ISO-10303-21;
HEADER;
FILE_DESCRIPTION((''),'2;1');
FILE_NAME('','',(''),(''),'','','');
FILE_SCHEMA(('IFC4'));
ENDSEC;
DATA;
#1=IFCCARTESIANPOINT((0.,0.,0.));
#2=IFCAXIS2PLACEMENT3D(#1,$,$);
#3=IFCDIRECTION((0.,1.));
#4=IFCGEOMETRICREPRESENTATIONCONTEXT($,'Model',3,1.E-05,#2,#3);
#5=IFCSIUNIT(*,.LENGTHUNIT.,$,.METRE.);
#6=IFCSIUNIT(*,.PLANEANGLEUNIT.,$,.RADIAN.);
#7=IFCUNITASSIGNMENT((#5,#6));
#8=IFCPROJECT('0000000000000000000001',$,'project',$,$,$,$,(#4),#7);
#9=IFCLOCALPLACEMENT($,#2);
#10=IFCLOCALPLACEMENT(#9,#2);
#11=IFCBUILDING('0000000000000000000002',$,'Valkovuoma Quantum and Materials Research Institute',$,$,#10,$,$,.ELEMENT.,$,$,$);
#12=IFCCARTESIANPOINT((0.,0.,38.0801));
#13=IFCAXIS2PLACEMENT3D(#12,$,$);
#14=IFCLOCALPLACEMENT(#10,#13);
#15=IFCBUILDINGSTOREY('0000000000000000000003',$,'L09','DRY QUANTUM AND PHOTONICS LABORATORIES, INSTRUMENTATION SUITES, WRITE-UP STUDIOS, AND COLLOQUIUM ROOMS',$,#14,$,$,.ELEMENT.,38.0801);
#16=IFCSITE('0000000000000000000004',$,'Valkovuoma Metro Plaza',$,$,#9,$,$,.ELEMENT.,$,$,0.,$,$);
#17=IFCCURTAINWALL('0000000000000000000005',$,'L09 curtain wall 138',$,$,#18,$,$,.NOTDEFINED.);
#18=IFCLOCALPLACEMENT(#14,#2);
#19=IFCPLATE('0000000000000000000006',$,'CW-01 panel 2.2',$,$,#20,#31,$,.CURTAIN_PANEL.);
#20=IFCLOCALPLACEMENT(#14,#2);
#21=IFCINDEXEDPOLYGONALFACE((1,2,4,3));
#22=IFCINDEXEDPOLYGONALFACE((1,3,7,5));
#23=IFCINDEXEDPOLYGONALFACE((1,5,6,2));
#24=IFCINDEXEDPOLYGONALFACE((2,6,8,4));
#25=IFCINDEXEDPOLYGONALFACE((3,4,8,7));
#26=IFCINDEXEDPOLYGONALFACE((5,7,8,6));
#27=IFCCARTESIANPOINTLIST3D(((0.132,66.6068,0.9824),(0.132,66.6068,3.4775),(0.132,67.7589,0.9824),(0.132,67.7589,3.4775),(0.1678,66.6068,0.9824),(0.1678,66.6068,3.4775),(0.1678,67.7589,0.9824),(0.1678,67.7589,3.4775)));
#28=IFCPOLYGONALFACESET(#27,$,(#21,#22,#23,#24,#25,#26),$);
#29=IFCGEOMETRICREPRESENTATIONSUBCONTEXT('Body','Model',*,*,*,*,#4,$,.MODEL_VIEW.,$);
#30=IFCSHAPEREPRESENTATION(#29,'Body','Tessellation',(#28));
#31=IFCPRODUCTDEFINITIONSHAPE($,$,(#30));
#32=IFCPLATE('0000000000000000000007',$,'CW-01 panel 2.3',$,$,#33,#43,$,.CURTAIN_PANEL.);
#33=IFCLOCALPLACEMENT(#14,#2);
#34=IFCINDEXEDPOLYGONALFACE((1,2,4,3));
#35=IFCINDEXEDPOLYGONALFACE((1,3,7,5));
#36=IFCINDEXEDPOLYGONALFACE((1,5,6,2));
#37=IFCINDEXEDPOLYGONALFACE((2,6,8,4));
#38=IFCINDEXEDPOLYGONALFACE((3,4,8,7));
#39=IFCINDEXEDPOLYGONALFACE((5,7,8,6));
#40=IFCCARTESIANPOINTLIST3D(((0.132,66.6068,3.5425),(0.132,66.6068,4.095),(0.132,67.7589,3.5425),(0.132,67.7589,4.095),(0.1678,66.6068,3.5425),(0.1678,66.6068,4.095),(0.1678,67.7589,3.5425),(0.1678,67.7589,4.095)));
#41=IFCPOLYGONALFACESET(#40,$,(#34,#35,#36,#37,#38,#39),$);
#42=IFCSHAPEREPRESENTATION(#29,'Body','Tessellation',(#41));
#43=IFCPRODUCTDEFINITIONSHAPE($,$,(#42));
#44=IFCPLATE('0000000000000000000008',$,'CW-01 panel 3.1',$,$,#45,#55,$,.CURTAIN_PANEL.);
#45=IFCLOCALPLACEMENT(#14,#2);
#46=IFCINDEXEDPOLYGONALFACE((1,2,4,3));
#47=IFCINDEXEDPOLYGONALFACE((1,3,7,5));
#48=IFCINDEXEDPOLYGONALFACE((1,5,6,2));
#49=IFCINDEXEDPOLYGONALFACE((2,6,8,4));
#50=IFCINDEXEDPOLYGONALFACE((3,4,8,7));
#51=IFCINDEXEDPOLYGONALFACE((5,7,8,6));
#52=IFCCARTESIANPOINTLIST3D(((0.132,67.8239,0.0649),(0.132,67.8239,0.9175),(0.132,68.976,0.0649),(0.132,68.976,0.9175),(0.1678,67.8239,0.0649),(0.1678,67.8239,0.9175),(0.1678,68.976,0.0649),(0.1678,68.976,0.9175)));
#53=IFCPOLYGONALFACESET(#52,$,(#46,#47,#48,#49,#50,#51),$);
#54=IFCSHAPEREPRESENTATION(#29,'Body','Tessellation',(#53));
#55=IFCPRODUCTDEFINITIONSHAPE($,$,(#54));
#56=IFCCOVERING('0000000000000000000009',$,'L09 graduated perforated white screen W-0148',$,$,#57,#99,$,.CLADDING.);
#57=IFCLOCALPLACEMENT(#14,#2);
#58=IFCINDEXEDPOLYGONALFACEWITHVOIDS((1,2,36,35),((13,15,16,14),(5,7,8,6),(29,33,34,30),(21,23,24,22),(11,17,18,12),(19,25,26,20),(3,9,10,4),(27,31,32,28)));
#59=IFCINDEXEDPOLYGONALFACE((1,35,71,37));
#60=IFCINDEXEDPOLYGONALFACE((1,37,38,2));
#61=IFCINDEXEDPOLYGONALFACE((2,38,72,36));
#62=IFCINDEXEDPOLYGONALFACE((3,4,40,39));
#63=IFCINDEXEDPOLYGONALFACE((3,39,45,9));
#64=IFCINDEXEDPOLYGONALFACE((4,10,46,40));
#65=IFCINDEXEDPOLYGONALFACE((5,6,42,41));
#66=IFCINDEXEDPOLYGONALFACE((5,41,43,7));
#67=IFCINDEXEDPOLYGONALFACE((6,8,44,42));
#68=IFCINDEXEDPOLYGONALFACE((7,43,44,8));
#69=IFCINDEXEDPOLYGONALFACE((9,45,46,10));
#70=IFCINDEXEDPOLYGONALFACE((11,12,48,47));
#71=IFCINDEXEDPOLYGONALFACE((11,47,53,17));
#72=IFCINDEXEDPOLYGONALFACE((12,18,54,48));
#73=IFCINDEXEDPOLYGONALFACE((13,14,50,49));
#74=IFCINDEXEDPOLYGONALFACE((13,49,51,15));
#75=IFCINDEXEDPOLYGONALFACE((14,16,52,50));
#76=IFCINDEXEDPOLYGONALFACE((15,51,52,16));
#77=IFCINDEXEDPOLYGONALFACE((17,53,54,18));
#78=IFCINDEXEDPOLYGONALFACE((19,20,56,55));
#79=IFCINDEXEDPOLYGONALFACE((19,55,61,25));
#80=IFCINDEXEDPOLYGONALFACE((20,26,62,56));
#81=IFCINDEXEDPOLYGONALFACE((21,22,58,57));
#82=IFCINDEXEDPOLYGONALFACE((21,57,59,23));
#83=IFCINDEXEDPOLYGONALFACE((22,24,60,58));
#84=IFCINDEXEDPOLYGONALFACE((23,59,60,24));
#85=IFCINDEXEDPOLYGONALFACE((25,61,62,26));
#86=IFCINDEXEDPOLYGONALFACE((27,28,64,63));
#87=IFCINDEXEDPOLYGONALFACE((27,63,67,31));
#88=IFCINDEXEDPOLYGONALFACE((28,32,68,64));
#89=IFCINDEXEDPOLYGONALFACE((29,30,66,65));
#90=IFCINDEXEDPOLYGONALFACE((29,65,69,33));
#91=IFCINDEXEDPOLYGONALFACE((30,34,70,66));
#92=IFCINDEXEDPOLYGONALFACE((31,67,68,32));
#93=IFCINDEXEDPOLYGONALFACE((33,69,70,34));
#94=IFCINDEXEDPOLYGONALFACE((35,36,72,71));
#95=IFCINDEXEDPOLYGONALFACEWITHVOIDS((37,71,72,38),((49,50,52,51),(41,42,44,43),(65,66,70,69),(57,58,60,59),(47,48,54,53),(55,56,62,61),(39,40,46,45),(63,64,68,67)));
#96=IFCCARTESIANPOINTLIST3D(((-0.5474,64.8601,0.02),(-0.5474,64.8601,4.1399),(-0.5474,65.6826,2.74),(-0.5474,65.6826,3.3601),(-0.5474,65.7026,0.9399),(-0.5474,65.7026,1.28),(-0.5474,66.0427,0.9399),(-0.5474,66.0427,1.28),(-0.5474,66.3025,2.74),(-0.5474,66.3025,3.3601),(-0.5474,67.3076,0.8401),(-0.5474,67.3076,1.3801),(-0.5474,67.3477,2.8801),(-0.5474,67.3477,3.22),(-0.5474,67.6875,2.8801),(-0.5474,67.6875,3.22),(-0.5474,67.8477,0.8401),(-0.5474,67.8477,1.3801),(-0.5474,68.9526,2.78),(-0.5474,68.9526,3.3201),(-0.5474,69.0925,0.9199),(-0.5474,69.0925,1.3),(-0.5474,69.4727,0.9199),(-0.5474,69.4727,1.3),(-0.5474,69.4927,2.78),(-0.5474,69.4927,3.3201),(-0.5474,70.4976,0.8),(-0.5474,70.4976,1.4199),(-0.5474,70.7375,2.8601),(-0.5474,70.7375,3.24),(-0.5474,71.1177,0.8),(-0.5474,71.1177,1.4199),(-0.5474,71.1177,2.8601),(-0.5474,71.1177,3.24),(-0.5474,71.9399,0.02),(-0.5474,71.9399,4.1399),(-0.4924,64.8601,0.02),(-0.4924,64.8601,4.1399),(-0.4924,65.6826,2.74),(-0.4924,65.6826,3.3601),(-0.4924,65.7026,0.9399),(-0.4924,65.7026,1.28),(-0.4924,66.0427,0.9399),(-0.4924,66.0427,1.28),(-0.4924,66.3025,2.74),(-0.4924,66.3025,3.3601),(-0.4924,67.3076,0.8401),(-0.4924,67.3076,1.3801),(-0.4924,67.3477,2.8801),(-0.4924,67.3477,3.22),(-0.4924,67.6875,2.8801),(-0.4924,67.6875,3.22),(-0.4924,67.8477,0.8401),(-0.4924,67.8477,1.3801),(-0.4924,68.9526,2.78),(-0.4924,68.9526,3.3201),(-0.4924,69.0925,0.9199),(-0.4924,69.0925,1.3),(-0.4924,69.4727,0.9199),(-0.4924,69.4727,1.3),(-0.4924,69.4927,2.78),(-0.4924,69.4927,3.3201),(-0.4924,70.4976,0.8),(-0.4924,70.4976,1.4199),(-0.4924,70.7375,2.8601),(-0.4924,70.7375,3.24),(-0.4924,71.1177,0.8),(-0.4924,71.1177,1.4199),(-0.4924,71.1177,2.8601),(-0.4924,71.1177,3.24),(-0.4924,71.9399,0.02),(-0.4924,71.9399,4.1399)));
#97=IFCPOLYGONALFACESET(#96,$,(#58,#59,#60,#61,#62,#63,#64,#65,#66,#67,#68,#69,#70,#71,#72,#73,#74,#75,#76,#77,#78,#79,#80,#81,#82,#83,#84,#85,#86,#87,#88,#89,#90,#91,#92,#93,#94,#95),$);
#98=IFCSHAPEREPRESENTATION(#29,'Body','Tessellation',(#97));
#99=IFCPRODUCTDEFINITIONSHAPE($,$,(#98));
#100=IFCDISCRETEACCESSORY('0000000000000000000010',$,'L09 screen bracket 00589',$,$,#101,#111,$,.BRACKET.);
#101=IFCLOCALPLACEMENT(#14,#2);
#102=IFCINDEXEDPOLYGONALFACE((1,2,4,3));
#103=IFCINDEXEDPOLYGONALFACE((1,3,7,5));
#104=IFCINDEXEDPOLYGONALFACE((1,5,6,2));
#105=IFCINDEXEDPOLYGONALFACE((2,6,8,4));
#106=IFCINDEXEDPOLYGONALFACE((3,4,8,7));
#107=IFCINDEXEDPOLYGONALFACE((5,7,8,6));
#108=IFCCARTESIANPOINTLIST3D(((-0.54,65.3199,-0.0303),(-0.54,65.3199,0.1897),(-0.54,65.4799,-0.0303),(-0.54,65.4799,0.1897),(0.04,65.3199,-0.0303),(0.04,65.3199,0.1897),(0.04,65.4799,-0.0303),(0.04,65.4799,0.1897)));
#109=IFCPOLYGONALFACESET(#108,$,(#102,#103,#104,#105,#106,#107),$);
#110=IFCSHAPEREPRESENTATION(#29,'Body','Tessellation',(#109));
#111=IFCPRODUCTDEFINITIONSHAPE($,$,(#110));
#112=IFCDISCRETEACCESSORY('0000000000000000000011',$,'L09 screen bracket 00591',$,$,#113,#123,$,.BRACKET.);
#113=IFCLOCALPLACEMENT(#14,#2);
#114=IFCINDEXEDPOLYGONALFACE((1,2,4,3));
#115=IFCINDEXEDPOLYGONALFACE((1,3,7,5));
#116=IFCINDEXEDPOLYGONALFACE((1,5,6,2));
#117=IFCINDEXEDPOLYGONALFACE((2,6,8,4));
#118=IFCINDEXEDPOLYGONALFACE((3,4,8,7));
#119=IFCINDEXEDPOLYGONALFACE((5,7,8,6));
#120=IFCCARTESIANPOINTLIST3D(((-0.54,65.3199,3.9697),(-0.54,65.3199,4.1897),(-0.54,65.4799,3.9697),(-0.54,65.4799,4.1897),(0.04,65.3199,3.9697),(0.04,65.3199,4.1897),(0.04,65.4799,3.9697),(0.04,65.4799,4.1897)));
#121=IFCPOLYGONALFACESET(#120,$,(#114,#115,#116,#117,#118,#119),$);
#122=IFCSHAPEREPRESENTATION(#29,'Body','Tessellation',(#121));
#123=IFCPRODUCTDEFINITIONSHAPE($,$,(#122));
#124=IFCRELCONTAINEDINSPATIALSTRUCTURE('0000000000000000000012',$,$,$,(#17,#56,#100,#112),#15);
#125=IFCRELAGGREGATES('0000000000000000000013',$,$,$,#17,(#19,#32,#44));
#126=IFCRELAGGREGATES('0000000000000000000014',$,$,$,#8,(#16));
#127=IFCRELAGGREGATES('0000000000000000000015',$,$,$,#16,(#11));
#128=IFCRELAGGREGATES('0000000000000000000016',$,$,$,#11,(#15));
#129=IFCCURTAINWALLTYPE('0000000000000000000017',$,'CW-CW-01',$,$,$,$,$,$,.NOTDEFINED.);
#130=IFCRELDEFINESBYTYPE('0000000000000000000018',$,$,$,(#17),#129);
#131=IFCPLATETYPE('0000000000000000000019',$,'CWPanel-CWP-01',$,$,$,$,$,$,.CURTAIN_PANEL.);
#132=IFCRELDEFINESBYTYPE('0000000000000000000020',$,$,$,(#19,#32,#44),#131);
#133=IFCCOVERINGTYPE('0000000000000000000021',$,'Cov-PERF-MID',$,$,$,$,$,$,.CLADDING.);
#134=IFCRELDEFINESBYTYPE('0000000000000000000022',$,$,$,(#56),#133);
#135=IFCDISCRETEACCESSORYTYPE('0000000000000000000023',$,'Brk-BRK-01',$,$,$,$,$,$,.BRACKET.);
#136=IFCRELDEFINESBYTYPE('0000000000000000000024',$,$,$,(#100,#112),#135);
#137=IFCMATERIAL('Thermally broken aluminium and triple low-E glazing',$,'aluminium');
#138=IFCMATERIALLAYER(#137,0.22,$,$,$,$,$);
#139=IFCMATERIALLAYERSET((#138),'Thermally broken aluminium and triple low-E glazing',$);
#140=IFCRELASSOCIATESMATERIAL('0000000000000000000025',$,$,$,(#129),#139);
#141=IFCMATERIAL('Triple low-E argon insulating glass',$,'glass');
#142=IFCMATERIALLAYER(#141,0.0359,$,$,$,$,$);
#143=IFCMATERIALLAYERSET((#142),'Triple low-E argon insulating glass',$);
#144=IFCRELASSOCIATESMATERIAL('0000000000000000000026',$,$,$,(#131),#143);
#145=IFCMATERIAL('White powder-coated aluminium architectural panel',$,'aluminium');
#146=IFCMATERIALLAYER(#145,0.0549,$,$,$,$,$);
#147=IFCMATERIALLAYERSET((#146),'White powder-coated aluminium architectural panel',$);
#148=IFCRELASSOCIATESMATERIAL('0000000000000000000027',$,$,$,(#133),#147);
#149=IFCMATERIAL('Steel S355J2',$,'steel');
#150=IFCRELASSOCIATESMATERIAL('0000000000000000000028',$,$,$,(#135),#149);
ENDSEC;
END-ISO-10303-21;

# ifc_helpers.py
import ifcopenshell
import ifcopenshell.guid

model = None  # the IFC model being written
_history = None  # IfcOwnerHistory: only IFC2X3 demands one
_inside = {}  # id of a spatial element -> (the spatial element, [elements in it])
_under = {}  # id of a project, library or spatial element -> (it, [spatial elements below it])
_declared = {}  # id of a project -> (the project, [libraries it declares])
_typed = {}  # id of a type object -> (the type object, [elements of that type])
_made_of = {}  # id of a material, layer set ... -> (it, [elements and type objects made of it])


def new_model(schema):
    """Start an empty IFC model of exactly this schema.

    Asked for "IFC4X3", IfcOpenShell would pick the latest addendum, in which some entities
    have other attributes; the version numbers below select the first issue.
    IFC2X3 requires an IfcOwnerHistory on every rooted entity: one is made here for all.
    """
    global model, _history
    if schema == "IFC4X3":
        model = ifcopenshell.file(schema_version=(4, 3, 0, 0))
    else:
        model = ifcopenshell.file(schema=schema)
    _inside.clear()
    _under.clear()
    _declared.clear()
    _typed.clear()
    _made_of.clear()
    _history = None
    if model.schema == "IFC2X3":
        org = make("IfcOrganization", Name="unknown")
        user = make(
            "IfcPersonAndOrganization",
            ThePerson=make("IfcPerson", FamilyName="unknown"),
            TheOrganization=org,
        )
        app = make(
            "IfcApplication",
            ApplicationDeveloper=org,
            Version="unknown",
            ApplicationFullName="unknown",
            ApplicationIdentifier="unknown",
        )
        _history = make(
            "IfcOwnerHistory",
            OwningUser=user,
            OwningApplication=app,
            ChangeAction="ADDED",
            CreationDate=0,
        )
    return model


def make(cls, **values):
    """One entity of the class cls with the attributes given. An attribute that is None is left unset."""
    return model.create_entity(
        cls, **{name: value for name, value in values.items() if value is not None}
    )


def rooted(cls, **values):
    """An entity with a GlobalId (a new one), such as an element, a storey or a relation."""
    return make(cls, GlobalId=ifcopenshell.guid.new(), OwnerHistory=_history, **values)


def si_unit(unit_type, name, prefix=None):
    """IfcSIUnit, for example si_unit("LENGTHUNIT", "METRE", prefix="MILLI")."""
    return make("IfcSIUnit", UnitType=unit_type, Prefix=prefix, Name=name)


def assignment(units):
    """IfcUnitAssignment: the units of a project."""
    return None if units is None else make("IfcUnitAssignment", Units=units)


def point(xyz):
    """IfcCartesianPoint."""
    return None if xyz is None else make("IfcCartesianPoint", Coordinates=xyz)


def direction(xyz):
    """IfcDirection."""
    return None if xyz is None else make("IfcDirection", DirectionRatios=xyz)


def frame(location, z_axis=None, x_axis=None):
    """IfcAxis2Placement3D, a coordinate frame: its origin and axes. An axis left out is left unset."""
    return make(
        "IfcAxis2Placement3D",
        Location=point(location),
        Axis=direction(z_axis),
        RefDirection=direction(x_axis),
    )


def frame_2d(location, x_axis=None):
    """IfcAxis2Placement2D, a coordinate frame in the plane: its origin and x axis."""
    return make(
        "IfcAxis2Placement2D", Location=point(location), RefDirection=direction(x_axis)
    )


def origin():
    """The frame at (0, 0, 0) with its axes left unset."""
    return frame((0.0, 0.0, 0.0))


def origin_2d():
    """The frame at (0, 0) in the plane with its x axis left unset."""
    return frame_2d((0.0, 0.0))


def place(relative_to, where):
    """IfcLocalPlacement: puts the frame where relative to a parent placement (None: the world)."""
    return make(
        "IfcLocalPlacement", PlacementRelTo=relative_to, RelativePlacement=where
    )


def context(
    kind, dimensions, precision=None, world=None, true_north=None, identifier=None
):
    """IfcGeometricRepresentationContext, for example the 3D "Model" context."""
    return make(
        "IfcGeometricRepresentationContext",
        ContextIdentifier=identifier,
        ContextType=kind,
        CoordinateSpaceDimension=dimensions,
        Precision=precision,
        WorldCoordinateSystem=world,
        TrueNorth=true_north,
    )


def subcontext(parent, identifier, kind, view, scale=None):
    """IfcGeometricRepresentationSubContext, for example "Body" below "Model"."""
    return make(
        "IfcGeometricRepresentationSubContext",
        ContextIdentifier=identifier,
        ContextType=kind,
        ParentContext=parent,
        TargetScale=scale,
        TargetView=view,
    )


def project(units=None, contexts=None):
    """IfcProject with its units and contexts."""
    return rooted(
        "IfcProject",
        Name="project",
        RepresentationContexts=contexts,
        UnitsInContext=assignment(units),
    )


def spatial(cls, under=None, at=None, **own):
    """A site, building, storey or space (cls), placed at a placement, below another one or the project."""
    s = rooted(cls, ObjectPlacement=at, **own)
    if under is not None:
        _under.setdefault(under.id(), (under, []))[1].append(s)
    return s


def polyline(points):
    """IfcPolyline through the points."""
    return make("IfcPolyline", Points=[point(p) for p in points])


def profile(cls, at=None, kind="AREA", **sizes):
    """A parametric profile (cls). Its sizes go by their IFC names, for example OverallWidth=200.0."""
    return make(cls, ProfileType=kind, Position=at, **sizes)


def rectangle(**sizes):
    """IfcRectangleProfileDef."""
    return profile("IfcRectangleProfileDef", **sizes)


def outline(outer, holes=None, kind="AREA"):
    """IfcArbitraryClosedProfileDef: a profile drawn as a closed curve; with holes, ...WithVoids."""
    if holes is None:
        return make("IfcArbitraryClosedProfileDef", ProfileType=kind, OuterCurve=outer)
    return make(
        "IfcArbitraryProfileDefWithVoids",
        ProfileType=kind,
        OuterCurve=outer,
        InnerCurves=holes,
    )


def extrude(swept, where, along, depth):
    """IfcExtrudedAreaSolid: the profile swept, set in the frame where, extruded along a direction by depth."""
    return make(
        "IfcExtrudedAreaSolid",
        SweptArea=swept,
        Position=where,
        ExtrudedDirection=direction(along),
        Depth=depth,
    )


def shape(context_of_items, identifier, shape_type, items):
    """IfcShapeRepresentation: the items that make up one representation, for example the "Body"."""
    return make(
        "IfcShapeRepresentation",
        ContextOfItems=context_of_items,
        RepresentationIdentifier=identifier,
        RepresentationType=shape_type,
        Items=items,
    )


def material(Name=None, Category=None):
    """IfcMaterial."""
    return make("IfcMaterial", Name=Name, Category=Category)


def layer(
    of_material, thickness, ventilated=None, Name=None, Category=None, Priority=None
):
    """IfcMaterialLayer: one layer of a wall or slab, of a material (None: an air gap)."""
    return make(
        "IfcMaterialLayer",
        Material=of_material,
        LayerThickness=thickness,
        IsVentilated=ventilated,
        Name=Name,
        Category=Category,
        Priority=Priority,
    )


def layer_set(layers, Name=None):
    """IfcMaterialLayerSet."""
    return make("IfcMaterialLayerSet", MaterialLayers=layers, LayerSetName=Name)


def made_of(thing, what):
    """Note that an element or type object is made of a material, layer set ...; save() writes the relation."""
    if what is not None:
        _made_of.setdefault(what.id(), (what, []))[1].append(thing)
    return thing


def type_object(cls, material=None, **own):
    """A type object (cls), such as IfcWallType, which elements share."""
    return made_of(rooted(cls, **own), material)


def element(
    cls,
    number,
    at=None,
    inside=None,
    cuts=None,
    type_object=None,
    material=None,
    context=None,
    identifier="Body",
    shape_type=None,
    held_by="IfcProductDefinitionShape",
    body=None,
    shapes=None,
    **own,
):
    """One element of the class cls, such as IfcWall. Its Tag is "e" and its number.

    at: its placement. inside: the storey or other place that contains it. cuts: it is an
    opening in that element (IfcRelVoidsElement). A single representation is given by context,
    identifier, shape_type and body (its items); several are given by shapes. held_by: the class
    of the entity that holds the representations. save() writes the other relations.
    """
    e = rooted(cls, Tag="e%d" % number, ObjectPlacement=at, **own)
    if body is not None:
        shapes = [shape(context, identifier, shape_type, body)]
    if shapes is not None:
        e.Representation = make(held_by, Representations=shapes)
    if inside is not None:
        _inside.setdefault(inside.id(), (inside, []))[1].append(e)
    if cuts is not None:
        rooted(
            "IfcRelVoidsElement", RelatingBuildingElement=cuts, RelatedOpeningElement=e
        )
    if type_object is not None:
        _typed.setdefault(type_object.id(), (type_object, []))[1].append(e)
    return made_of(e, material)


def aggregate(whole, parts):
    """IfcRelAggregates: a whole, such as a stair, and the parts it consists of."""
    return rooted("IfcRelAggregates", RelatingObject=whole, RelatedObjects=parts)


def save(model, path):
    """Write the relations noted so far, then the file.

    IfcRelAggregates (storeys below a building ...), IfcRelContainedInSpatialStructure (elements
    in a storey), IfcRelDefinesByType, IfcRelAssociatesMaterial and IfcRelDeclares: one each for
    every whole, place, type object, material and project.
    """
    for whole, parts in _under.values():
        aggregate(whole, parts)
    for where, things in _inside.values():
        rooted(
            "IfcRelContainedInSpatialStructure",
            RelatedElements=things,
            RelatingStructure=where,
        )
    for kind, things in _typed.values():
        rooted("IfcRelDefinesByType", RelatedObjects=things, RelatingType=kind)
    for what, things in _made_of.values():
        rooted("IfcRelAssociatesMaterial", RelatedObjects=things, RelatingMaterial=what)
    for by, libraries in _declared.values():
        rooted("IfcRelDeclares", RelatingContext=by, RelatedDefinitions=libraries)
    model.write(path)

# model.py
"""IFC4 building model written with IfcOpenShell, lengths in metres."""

from ifc_helpers import new_model, si_unit, direction, frame, origin, origin_2d, place, context, subcontext, project, spatial, polyline, rectangle, outline, extrude, material, layer, layer_set, type_object, element, aggregate, save


model = new_model("IFC4")

# Units and contexts
model_context = context("Model", 3, precision=1e-05, world=origin(), true_north=direction((0.0, 1.0)))
body_context = subcontext(model_context, "Body", "Model", "MODEL_VIEW")
ifc_project = project(units=[si_unit("LENGTHUNIT", "METRE"), si_unit("PLANEANGLEUNIT", "RADIAN")], contexts=[model_context])

# Site, building, storey
site_placement = place(None, origin())
site = spatial("IfcSite", under=ifc_project, at=site_placement, Name="Valkovuoma Metro Plaza", CompositionType="ELEMENT", RefElevation=0.0)
building_placement = place(site_placement, origin())
building = spatial("IfcBuilding", under=site, at=building_placement, Name="Valkovuoma Quantum and Materials Research Institute", CompositionType="ELEMENT")
storey_placement = place(building_placement, frame((0.0, 0.0, 38.0801)))
storey = spatial("IfcBuildingStorey", under=building, at=storey_placement, Name="L09", Description="DRY QUANTUM AND PHOTONICS LABORATORIES, INSTRUMENTATION SUITES, WRITE-UP STUDIOS, AND COLLOQUIUM ROOMS", CompositionType="ELEMENT", Elevation=38.0801)

# Curtain wall, plates
ifc_material_1 = material(Name="Thermally broken aluminium and triple low-E glazing", Category="aluminium")
ifc_layer_1 = layer(ifc_material_1, 0.22)
ifc_layer_set_1 = layer_set([ifc_layer_1], Name="Thermally broken aluminium and triple low-E glazing")
curtain_wall_type = type_object("IfcCurtainWallType", Name="CW-CW-01", PredefinedType="NOTDEFINED", material=ifc_layer_set_1)
curtain_wall_placement = place(storey_placement, origin())
curtain_wall = element("IfcCurtainWall", 1, at=curtain_wall_placement, inside=storey, type_object=curtain_wall_type, Name="L09 curtain wall 138", PredefinedType="NOTDEFINED")
ifc_material_2 = material(Name="Triple low-E argon insulating glass", Category="glass")
ifc_layer_2 = layer(ifc_material_2, 0.0359)
ifc_layer_set_2 = layer_set([ifc_layer_2], Name="Triple low-E argon insulating glass")
plate_type = type_object("IfcPlateType", Name="CWPanel-CWP-01", PredefinedType="CURTAIN_PANEL", material=ifc_layer_set_2)
plate_1_placement = place(storey_placement, frame((0.1499, 67.1829, 0.9824), z_axis=(0.0, 0.0, 1.0), x_axis=(0.0, 1.0, 0.0)))
plate_1 = element("IfcPlate", 2, at=plate_1_placement, type_object=plate_type, Name="CW-01 panel 2.2", PredefinedType="CURTAIN_PANEL", context=body_context, shape_type="SweptSolid", body=[
    extrude(rectangle(XDim=1.1521, YDim=0.0359, at=origin_2d()), origin(), (0.0, 0.0, 1.0), 2.4951),
])
plate_2_placement = place(storey_placement, frame((0.1499, 67.1829, 3.5425), z_axis=(0.0, 0.0, 1.0), x_axis=(0.0, 1.0, 0.0)))
plate_2 = element("IfcPlate", 3, at=plate_2_placement, type_object=plate_type, Name="CW-01 panel 2.3", PredefinedType="CURTAIN_PANEL", context=body_context, shape_type="SweptSolid", body=[
    extrude(rectangle(XDim=1.1521, YDim=0.0359, at=origin_2d()), origin(), (0.0, 0.0, 1.0), 0.5525),
])
plate_3_placement = place(storey_placement, frame((0.1499, 68.3999, 0.0649), z_axis=(0.0, 0.0, 1.0), x_axis=(0.0, 1.0, 0.0)))
plate_3 = element("IfcPlate", 4, at=plate_3_placement, type_object=plate_type, Name="CW-01 panel 3.1", PredefinedType="CURTAIN_PANEL", context=body_context, shape_type="SweptSolid", body=[
    extrude(rectangle(XDim=1.1521, YDim=0.0359, at=origin_2d()), origin(), (0.0, 0.0, 1.0), 0.8525),
])
aggregate(curtain_wall, [plate_1, plate_2, plate_3])

# Covering
ifc_material_3 = material(Name="White powder-coated aluminium architectural panel", Category="aluminium")
ifc_layer_3 = layer(ifc_material_3, 0.0549)
ifc_layer_set_3 = layer_set([ifc_layer_3], Name="White powder-coated aluminium architectural panel")
covering_type = type_object("IfcCoveringType", Name="Cov-PERF-MID", PredefinedType="CLADDING", material=ifc_layer_set_3)
covering_placement = place(storey_placement, frame((-0.52, 64.8601, 0.02), z_axis=(0.0, 0.0, 1.0), x_axis=(0.0, 1.0, 0.0)))
element("IfcCovering", 5, at=covering_placement, inside=storey, type_object=covering_type, Name="L09 graduated perforated white screen W-0148", PredefinedType="CLADDING", context=body_context, shape_type="SweptSolid", body=[
    extrude(outline(polyline([(0.0, 0.0), (7.0798, 0.0), (7.0798, 4.1199), (0.0, 4.1199), (0.0, 0.0)]), holes=[polyline([(0.8425, 0.9199), (0.8425, 1.26), (1.1826, 1.26), (1.1826, 0.9199), (0.8425, 0.9199)]), polyline([(0.8225, 2.72), (0.8225, 3.3401), (1.4424, 3.3401), (1.4424, 2.72), (0.8225, 2.72)]), polyline([(2.4475, 0.8201), (2.4475, 1.3601), (2.9875, 1.3601), (2.9875, 0.8201), (2.4475, 0.8201)]), polyline([(2.4875, 2.8601), (2.4875, 3.2), (2.8274, 3.2), (2.8274, 2.8601), (2.4875, 2.8601)]), polyline([(4.2324, 0.8999), (4.2324, 1.28), (4.6125, 1.28), (4.6125, 0.8999), (4.2324, 0.8999)]), polyline([(4.0925, 2.76), (4.0925, 3.3), (4.6326, 3.3), (4.6326, 2.76), (4.0925, 2.76)]), polyline([(5.6375, 0.78), (5.6375, 1.3999), (6.2576, 1.3999), (6.2576, 0.78), (5.6375, 0.78)]), polyline([(5.8774, 2.8401), (5.8774, 3.22), (6.2576, 3.22), (6.2576, 2.8401), (5.8774, 2.8401)])]), frame((0.0, 0.0273, 0.0), z_axis=(0.0, -1.0, 0.0), x_axis=(1.0, 0.0, 0.0)), (0.0, 0.0, 1.0), 0.0549),
])

# Discrete accessories
ifc_material_4 = material(Name="Steel S355J2", Category="steel")
discrete_accessory_type = type_object("IfcDiscreteAccessoryType", Name="Brk-BRK-01", PredefinedType="BRACKET", material=ifc_material_4)
for number, where, z_axis, x_axis, name in (
    (6, (-0.25, 65.3999, -0.0303), (0.0, 0.0, 1.0), (1.0, 0.0, 0.0), "L09 screen bracket 00589"),
    (7, (-0.25, 65.3999, 3.9697), (0.0, 0.0, 1.0), (1.0, 0.0, 0.0), "L09 screen bracket 00591"),
):
    element("IfcDiscreteAccessory", number, at=place(storey_placement, frame(where, z_axis=z_axis, x_axis=x_axis)), inside=storey, type_object=discrete_accessory_type, Name=name, PredefinedType="BRACKET", context=body_context, shape_type="SweptSolid", body=[
        extrude(rectangle(XDim=0.5801, YDim=0.1599, at=origin_2d()), origin(), (0.0, 0.0, 1.0), 0.22),
    ])

save(model, "model.ifc")
